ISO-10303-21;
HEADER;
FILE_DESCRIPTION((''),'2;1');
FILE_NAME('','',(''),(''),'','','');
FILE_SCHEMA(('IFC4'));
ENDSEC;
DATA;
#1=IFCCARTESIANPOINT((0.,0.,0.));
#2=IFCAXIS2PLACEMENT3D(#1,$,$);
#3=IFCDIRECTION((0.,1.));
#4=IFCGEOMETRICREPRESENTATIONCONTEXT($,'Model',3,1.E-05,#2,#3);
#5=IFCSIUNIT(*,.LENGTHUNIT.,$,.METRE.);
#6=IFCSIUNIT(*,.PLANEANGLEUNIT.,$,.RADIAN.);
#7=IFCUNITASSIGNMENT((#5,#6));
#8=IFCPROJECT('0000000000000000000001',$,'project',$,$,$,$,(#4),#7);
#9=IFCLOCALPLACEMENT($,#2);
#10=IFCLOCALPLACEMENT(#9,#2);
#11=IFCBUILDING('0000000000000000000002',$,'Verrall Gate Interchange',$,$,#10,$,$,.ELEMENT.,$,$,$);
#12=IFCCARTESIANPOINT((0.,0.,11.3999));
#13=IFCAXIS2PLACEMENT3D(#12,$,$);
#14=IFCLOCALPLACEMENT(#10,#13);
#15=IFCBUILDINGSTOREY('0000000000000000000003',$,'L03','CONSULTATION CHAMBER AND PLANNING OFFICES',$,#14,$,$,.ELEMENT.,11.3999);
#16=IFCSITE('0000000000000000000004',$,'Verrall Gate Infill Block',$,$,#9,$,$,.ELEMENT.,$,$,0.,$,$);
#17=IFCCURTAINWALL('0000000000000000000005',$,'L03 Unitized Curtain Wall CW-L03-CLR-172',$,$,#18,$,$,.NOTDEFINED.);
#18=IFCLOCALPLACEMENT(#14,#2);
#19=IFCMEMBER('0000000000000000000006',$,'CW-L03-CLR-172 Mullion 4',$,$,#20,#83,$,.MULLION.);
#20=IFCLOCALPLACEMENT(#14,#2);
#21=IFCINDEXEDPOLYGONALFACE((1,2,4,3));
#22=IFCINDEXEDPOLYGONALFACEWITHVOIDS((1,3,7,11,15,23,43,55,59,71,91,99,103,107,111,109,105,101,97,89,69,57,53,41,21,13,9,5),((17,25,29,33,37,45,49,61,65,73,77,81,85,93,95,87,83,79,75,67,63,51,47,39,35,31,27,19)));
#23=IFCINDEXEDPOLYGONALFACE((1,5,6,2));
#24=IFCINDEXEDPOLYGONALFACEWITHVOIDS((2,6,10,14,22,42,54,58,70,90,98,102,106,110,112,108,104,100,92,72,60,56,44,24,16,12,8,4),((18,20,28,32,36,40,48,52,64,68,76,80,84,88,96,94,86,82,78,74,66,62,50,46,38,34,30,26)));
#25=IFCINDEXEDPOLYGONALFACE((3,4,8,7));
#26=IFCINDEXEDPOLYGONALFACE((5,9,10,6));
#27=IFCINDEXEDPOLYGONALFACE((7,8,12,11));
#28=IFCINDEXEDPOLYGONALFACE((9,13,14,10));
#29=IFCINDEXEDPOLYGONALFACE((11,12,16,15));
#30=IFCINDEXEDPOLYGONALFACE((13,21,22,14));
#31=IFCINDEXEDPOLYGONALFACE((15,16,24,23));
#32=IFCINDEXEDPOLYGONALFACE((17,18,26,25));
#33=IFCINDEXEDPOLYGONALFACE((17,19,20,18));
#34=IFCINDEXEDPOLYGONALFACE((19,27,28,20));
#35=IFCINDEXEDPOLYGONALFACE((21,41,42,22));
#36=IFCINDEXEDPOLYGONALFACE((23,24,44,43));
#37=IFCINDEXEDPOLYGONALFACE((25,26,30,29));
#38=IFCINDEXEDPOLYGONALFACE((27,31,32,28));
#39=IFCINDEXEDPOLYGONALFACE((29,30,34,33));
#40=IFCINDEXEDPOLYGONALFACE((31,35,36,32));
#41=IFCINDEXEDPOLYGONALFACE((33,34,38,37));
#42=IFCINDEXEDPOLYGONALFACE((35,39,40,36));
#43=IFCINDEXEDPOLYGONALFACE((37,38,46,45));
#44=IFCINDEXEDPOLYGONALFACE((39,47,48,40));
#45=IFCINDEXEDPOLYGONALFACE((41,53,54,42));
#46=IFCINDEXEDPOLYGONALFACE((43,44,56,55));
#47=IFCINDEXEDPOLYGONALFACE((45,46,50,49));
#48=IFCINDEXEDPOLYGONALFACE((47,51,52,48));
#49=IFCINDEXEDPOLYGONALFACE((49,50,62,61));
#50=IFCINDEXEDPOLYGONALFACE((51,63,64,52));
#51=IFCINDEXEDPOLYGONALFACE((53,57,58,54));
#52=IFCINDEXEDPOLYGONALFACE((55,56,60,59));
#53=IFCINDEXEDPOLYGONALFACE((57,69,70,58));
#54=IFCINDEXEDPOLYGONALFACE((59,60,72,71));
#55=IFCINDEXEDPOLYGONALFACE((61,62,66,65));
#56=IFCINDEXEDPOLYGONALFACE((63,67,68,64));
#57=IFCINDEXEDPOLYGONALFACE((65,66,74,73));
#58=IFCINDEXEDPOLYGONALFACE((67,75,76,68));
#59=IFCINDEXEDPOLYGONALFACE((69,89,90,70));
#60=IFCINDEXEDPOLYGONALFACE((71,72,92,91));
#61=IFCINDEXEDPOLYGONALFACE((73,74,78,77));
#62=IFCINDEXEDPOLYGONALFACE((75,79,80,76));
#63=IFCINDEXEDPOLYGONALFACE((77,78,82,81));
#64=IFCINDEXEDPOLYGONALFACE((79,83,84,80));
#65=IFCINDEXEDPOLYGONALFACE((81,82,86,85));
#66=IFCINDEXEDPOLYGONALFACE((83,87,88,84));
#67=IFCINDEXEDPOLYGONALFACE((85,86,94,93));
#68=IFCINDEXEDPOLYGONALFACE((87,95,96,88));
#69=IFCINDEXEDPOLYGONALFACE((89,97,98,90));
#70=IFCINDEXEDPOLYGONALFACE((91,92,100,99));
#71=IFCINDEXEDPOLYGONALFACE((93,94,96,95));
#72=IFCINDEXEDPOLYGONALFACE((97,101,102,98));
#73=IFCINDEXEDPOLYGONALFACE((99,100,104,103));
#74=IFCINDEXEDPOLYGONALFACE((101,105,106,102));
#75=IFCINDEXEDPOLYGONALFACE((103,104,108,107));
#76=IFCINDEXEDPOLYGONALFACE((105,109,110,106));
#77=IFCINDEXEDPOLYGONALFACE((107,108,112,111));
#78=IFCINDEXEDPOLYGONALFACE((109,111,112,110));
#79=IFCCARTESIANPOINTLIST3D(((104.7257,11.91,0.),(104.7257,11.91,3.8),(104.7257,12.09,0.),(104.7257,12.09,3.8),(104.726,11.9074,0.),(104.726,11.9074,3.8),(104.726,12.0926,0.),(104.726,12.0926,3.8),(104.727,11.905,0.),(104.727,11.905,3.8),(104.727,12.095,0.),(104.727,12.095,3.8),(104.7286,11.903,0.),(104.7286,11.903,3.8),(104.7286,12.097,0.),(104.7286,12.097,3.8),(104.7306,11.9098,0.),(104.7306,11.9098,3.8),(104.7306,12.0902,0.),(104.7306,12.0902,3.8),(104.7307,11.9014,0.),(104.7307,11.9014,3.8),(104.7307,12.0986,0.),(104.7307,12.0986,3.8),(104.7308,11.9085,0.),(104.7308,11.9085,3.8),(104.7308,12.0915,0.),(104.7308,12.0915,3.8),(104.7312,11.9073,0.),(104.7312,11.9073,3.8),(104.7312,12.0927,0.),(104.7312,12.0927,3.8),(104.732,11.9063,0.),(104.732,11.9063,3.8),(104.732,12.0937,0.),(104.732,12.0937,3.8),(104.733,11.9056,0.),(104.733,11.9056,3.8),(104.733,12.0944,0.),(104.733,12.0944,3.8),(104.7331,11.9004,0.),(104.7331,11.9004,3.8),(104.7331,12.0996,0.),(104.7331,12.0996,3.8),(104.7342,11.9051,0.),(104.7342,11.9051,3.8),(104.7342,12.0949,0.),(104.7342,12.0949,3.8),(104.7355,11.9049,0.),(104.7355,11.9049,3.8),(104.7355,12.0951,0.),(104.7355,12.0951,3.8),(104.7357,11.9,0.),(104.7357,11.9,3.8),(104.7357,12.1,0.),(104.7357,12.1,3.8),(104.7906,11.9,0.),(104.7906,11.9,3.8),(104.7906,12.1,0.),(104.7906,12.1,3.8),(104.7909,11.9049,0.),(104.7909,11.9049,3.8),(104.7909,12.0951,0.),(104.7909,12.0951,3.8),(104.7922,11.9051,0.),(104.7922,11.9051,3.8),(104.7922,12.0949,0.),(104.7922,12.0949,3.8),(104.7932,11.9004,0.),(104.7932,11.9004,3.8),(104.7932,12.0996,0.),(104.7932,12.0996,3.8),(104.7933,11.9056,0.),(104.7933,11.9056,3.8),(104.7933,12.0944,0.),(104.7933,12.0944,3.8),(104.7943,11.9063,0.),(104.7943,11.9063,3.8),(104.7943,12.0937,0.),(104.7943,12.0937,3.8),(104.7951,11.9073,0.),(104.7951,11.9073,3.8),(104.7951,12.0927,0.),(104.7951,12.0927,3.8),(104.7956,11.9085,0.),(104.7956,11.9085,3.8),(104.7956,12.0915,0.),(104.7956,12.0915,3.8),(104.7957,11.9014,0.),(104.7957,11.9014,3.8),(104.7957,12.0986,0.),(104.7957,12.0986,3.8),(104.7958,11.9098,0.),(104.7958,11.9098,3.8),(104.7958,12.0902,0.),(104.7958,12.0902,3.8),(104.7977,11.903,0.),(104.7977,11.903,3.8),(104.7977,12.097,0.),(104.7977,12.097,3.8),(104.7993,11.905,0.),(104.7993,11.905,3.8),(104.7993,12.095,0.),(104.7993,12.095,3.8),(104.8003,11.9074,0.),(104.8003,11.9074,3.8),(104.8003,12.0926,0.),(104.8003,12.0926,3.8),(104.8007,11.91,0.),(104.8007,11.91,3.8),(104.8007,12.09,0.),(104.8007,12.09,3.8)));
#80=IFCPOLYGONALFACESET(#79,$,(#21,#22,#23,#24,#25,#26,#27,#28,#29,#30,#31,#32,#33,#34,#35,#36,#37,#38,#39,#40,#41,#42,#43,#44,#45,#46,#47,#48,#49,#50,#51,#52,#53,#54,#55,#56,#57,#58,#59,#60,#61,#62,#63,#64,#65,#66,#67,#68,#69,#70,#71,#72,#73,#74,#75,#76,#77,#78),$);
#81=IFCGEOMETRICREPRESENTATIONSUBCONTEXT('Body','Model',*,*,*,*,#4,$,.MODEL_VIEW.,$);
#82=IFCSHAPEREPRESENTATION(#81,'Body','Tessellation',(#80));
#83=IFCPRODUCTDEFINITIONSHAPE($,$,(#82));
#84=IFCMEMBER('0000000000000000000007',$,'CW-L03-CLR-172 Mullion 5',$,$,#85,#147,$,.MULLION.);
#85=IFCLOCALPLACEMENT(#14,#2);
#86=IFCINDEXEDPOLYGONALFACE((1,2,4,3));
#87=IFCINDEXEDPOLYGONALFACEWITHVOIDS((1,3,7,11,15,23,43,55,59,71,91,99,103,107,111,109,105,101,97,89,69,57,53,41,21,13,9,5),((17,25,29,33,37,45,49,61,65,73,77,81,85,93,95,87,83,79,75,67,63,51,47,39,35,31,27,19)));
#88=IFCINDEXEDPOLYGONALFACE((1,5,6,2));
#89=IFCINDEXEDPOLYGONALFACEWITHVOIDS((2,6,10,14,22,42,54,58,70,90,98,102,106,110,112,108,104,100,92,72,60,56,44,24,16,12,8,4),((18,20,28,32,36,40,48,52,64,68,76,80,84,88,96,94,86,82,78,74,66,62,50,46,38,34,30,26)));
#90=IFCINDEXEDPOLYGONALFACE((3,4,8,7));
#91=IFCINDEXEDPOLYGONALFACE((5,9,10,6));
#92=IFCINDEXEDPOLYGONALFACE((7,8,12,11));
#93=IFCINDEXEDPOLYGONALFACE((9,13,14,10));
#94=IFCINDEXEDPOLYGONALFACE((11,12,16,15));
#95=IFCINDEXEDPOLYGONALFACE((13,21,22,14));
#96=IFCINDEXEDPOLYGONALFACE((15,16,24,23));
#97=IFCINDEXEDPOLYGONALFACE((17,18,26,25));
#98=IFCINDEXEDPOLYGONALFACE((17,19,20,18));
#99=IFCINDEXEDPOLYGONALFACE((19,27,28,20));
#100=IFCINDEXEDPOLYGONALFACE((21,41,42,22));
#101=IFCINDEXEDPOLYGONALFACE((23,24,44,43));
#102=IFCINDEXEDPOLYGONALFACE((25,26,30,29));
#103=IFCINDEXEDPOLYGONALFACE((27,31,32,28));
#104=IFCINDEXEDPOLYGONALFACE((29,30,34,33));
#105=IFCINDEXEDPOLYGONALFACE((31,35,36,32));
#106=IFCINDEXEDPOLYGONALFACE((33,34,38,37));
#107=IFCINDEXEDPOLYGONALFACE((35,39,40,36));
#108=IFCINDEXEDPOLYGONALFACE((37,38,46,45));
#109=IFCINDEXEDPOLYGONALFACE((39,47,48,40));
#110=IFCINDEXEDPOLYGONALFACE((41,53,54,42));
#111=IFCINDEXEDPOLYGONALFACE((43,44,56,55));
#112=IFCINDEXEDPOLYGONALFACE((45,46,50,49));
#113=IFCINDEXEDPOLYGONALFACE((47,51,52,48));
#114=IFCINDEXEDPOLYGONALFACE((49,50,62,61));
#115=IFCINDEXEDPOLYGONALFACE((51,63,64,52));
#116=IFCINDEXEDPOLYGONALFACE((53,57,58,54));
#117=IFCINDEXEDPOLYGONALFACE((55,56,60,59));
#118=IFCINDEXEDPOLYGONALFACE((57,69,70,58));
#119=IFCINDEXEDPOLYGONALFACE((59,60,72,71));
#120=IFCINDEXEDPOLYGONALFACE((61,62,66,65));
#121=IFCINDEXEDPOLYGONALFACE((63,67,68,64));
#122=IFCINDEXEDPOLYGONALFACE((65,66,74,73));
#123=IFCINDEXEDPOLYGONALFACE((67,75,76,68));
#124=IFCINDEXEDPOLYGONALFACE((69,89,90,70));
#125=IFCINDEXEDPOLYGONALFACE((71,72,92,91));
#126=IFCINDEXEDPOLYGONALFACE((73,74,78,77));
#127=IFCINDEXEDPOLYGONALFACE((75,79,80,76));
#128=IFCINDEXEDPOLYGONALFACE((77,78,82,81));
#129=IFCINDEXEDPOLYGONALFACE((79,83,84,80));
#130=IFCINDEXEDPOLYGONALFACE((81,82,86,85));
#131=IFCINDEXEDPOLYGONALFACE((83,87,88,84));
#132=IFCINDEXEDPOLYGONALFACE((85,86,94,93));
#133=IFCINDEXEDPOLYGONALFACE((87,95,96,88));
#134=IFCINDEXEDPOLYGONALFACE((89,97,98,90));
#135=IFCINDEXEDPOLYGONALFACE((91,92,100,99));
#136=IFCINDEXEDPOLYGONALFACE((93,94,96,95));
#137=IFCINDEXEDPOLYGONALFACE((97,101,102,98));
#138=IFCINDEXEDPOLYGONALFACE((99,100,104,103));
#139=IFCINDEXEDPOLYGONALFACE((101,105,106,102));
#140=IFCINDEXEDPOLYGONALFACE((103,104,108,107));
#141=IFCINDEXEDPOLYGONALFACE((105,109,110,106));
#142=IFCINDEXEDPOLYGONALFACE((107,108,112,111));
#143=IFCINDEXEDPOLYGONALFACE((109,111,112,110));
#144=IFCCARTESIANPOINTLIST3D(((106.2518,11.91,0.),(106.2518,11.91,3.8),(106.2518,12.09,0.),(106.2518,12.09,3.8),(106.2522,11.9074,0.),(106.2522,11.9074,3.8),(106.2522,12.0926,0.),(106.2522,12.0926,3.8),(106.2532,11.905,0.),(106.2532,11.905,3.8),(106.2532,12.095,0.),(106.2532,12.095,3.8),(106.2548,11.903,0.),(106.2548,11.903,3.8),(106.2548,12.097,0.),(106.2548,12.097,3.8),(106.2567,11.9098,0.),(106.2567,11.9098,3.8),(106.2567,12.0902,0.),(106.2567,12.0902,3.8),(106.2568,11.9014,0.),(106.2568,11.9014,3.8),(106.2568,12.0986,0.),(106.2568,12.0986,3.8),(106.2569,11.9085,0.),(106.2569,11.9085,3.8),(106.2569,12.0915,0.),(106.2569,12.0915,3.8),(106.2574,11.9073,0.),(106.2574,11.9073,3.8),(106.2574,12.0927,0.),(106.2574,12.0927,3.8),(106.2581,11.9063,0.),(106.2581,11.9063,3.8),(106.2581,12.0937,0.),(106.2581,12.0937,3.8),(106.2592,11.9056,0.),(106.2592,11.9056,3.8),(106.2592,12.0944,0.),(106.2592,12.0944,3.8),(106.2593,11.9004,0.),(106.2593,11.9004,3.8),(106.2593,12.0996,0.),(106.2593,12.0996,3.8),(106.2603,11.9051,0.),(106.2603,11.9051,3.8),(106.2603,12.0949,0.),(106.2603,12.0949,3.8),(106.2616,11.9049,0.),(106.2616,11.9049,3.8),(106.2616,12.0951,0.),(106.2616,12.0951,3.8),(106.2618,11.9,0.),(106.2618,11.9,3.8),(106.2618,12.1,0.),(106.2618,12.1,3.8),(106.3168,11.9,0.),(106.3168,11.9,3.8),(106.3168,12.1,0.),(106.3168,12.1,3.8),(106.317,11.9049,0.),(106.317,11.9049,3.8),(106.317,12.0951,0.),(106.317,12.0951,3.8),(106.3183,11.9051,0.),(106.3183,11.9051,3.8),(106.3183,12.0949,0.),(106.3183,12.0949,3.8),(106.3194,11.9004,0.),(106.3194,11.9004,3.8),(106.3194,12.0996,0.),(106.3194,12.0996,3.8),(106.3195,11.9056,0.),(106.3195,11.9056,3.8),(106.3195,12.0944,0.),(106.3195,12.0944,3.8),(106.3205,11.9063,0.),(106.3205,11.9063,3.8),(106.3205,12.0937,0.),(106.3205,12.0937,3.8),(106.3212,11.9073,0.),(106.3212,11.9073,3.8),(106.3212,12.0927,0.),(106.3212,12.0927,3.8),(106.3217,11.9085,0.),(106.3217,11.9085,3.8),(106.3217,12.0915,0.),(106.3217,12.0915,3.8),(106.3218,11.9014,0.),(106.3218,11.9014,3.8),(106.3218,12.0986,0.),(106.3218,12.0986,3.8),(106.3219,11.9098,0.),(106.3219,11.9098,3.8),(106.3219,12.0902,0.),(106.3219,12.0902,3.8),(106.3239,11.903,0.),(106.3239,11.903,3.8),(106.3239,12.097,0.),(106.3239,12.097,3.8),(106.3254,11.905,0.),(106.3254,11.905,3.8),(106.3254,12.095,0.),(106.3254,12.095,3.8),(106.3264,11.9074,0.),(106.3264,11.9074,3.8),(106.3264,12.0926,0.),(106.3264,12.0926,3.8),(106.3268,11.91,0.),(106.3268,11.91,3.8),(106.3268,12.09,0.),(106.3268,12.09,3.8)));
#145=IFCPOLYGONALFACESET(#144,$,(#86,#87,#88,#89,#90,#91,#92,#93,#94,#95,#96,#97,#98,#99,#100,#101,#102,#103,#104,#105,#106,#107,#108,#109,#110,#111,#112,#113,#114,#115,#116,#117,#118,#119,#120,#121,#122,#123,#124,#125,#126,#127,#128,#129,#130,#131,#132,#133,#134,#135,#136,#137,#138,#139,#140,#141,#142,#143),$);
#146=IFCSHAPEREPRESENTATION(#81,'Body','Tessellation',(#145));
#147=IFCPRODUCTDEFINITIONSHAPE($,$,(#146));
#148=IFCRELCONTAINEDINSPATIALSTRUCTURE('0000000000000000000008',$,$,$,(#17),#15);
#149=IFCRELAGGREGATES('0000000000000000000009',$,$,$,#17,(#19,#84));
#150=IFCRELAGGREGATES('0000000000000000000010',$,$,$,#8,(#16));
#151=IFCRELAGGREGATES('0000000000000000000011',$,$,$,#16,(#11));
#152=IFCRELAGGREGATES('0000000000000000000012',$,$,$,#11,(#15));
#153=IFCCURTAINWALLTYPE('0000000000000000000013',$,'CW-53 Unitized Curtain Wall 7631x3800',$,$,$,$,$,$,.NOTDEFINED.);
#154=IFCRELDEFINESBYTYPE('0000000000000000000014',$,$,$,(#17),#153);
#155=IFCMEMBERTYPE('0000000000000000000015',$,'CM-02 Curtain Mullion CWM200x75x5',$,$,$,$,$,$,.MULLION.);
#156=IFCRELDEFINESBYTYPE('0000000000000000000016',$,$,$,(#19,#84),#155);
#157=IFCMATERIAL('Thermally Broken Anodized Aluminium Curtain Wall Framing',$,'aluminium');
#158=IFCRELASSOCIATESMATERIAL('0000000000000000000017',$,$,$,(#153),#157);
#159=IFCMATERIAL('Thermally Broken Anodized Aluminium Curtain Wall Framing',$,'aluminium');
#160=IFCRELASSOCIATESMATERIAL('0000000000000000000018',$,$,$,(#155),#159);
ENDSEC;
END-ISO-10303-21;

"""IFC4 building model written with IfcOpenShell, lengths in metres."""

from ifc_helpers import new_model, si_unit, direction, frame, origin, origin_2d, place, context, subcontext, project, spatial, hollow_rectangle, extrude, material, material_profile, profile_set, type_object, element, aggregate, save


model = new_model("IFC4")

# Units and contexts
model_context = context("Model", 3, precision=1e-05, world=origin(), true_north=direction((0.0, 1.0)))
body_context = subcontext(model_context, "Body", "Model", "MODEL_VIEW")
ifc_project = project(units=[si_unit("LENGTHUNIT", "METRE"), si_unit("PLANEANGLEUNIT", "RADIAN")], contexts=[model_context])

# Site, building, storey
site_placement = place(None, origin())
site = spatial("IfcSite", under=ifc_project, at=site_placement, Name="Verrall Gate Infill Block", CompositionType="ELEMENT", RefElevation=0.0)
building_placement = place(site_placement, origin())
building = spatial("IfcBuilding", under=site, at=building_placement, Name="Verrall Gate Interchange", CompositionType="ELEMENT")
storey_placement = place(building_placement, frame((0.0, 0.0, 11.3999)))
storey = spatial("IfcBuildingStorey", under=building, at=storey_placement, Name="L03", Description="CONSULTATION CHAMBER AND PLANNING OFFICES", CompositionType="ELEMENT", Elevation=11.3999)

# Curtain wall, members
ifc_material_1 = material(Name="Thermally Broken Anodized Aluminium Curtain Wall Framing", Category="aluminium")
curtain_wall_type = type_object("IfcCurtainWallType", Name="CW-53 Unitized Curtain Wall 7631x3800", PredefinedType="NOTDEFINED", material=ifc_material_1)
curtain_wall_placement = place(storey_placement, origin())
curtain_wall = element("IfcCurtainWall", 1, at=curtain_wall_placement, inside=storey, type_object=curtain_wall_type, Name="L03 Unitized Curtain Wall CW-L03-CLR-172", PredefinedType="NOTDEFINED")
ifc_material_2 = material(Name="Thermally Broken Anodized Aluminium Curtain Wall Framing", Category="aluminium")
ifc_material_profile_1 = material_profile(ifc_material_2, hollow_rectangle(XDim=0.075, YDim=0.2, WallThickness=0.0049, InnerFilletRadius=0.0049, OuterFilletRadius=0.01, at=origin_2d()), Name="CWM200x75x5")
ifc_profile_set_1 = profile_set([ifc_material_profile_1], Name="Thermally Broken Anodized Aluminium Curtain Wall Framing")
member_type_1 = type_object("IfcMemberType", Name="CM-02 Curtain Mullion CWM200x75x5", PredefinedType="MULLION", material=ifc_profile_set_1)
member_1_placement = place(storey_placement, frame((104.7632, 12.0, 0.0), z_axis=(0.0, 0.0, 1.0), x_axis=(1.0, 0.0, 0.0)))
member_1 = element("IfcMember", 2, at=member_1_placement, type_object=member_type_1, Name="CW-L03-CLR-172 Mullion 4", PredefinedType="MULLION", context=body_context, shape_type="SweptSolid", body=[
    extrude(hollow_rectangle(XDim=0.075, YDim=0.2, WallThickness=0.0049, InnerFilletRadius=0.0049, OuterFilletRadius=0.01, at=origin_2d()), origin(), (0.0, 0.0, 1.0), 3.8),
])
member_2_placement = place(storey_placement, frame((106.2893, 12.0, 0.0), z_axis=(0.0, 0.0, 1.0), x_axis=(1.0, 0.0, 0.0)))
member_2 = element("IfcMember", 3, at=member_2_placement, type_object=member_type_1, Name="CW-L03-CLR-172 Mullion 5", PredefinedType="MULLION", context=body_context, shape_type="SweptSolid", body=[
    extrude(hollow_rectangle(XDim=0.075, YDim=0.2, WallThickness=0.0049, InnerFilletRadius=0.0049, OuterFilletRadius=0.01, at=origin_2d()), origin(), (0.0, 0.0, 1.0), 3.8),
])

aggregate(curtain_wall, [member_1, member_2])

save(model, "model.ifc")
